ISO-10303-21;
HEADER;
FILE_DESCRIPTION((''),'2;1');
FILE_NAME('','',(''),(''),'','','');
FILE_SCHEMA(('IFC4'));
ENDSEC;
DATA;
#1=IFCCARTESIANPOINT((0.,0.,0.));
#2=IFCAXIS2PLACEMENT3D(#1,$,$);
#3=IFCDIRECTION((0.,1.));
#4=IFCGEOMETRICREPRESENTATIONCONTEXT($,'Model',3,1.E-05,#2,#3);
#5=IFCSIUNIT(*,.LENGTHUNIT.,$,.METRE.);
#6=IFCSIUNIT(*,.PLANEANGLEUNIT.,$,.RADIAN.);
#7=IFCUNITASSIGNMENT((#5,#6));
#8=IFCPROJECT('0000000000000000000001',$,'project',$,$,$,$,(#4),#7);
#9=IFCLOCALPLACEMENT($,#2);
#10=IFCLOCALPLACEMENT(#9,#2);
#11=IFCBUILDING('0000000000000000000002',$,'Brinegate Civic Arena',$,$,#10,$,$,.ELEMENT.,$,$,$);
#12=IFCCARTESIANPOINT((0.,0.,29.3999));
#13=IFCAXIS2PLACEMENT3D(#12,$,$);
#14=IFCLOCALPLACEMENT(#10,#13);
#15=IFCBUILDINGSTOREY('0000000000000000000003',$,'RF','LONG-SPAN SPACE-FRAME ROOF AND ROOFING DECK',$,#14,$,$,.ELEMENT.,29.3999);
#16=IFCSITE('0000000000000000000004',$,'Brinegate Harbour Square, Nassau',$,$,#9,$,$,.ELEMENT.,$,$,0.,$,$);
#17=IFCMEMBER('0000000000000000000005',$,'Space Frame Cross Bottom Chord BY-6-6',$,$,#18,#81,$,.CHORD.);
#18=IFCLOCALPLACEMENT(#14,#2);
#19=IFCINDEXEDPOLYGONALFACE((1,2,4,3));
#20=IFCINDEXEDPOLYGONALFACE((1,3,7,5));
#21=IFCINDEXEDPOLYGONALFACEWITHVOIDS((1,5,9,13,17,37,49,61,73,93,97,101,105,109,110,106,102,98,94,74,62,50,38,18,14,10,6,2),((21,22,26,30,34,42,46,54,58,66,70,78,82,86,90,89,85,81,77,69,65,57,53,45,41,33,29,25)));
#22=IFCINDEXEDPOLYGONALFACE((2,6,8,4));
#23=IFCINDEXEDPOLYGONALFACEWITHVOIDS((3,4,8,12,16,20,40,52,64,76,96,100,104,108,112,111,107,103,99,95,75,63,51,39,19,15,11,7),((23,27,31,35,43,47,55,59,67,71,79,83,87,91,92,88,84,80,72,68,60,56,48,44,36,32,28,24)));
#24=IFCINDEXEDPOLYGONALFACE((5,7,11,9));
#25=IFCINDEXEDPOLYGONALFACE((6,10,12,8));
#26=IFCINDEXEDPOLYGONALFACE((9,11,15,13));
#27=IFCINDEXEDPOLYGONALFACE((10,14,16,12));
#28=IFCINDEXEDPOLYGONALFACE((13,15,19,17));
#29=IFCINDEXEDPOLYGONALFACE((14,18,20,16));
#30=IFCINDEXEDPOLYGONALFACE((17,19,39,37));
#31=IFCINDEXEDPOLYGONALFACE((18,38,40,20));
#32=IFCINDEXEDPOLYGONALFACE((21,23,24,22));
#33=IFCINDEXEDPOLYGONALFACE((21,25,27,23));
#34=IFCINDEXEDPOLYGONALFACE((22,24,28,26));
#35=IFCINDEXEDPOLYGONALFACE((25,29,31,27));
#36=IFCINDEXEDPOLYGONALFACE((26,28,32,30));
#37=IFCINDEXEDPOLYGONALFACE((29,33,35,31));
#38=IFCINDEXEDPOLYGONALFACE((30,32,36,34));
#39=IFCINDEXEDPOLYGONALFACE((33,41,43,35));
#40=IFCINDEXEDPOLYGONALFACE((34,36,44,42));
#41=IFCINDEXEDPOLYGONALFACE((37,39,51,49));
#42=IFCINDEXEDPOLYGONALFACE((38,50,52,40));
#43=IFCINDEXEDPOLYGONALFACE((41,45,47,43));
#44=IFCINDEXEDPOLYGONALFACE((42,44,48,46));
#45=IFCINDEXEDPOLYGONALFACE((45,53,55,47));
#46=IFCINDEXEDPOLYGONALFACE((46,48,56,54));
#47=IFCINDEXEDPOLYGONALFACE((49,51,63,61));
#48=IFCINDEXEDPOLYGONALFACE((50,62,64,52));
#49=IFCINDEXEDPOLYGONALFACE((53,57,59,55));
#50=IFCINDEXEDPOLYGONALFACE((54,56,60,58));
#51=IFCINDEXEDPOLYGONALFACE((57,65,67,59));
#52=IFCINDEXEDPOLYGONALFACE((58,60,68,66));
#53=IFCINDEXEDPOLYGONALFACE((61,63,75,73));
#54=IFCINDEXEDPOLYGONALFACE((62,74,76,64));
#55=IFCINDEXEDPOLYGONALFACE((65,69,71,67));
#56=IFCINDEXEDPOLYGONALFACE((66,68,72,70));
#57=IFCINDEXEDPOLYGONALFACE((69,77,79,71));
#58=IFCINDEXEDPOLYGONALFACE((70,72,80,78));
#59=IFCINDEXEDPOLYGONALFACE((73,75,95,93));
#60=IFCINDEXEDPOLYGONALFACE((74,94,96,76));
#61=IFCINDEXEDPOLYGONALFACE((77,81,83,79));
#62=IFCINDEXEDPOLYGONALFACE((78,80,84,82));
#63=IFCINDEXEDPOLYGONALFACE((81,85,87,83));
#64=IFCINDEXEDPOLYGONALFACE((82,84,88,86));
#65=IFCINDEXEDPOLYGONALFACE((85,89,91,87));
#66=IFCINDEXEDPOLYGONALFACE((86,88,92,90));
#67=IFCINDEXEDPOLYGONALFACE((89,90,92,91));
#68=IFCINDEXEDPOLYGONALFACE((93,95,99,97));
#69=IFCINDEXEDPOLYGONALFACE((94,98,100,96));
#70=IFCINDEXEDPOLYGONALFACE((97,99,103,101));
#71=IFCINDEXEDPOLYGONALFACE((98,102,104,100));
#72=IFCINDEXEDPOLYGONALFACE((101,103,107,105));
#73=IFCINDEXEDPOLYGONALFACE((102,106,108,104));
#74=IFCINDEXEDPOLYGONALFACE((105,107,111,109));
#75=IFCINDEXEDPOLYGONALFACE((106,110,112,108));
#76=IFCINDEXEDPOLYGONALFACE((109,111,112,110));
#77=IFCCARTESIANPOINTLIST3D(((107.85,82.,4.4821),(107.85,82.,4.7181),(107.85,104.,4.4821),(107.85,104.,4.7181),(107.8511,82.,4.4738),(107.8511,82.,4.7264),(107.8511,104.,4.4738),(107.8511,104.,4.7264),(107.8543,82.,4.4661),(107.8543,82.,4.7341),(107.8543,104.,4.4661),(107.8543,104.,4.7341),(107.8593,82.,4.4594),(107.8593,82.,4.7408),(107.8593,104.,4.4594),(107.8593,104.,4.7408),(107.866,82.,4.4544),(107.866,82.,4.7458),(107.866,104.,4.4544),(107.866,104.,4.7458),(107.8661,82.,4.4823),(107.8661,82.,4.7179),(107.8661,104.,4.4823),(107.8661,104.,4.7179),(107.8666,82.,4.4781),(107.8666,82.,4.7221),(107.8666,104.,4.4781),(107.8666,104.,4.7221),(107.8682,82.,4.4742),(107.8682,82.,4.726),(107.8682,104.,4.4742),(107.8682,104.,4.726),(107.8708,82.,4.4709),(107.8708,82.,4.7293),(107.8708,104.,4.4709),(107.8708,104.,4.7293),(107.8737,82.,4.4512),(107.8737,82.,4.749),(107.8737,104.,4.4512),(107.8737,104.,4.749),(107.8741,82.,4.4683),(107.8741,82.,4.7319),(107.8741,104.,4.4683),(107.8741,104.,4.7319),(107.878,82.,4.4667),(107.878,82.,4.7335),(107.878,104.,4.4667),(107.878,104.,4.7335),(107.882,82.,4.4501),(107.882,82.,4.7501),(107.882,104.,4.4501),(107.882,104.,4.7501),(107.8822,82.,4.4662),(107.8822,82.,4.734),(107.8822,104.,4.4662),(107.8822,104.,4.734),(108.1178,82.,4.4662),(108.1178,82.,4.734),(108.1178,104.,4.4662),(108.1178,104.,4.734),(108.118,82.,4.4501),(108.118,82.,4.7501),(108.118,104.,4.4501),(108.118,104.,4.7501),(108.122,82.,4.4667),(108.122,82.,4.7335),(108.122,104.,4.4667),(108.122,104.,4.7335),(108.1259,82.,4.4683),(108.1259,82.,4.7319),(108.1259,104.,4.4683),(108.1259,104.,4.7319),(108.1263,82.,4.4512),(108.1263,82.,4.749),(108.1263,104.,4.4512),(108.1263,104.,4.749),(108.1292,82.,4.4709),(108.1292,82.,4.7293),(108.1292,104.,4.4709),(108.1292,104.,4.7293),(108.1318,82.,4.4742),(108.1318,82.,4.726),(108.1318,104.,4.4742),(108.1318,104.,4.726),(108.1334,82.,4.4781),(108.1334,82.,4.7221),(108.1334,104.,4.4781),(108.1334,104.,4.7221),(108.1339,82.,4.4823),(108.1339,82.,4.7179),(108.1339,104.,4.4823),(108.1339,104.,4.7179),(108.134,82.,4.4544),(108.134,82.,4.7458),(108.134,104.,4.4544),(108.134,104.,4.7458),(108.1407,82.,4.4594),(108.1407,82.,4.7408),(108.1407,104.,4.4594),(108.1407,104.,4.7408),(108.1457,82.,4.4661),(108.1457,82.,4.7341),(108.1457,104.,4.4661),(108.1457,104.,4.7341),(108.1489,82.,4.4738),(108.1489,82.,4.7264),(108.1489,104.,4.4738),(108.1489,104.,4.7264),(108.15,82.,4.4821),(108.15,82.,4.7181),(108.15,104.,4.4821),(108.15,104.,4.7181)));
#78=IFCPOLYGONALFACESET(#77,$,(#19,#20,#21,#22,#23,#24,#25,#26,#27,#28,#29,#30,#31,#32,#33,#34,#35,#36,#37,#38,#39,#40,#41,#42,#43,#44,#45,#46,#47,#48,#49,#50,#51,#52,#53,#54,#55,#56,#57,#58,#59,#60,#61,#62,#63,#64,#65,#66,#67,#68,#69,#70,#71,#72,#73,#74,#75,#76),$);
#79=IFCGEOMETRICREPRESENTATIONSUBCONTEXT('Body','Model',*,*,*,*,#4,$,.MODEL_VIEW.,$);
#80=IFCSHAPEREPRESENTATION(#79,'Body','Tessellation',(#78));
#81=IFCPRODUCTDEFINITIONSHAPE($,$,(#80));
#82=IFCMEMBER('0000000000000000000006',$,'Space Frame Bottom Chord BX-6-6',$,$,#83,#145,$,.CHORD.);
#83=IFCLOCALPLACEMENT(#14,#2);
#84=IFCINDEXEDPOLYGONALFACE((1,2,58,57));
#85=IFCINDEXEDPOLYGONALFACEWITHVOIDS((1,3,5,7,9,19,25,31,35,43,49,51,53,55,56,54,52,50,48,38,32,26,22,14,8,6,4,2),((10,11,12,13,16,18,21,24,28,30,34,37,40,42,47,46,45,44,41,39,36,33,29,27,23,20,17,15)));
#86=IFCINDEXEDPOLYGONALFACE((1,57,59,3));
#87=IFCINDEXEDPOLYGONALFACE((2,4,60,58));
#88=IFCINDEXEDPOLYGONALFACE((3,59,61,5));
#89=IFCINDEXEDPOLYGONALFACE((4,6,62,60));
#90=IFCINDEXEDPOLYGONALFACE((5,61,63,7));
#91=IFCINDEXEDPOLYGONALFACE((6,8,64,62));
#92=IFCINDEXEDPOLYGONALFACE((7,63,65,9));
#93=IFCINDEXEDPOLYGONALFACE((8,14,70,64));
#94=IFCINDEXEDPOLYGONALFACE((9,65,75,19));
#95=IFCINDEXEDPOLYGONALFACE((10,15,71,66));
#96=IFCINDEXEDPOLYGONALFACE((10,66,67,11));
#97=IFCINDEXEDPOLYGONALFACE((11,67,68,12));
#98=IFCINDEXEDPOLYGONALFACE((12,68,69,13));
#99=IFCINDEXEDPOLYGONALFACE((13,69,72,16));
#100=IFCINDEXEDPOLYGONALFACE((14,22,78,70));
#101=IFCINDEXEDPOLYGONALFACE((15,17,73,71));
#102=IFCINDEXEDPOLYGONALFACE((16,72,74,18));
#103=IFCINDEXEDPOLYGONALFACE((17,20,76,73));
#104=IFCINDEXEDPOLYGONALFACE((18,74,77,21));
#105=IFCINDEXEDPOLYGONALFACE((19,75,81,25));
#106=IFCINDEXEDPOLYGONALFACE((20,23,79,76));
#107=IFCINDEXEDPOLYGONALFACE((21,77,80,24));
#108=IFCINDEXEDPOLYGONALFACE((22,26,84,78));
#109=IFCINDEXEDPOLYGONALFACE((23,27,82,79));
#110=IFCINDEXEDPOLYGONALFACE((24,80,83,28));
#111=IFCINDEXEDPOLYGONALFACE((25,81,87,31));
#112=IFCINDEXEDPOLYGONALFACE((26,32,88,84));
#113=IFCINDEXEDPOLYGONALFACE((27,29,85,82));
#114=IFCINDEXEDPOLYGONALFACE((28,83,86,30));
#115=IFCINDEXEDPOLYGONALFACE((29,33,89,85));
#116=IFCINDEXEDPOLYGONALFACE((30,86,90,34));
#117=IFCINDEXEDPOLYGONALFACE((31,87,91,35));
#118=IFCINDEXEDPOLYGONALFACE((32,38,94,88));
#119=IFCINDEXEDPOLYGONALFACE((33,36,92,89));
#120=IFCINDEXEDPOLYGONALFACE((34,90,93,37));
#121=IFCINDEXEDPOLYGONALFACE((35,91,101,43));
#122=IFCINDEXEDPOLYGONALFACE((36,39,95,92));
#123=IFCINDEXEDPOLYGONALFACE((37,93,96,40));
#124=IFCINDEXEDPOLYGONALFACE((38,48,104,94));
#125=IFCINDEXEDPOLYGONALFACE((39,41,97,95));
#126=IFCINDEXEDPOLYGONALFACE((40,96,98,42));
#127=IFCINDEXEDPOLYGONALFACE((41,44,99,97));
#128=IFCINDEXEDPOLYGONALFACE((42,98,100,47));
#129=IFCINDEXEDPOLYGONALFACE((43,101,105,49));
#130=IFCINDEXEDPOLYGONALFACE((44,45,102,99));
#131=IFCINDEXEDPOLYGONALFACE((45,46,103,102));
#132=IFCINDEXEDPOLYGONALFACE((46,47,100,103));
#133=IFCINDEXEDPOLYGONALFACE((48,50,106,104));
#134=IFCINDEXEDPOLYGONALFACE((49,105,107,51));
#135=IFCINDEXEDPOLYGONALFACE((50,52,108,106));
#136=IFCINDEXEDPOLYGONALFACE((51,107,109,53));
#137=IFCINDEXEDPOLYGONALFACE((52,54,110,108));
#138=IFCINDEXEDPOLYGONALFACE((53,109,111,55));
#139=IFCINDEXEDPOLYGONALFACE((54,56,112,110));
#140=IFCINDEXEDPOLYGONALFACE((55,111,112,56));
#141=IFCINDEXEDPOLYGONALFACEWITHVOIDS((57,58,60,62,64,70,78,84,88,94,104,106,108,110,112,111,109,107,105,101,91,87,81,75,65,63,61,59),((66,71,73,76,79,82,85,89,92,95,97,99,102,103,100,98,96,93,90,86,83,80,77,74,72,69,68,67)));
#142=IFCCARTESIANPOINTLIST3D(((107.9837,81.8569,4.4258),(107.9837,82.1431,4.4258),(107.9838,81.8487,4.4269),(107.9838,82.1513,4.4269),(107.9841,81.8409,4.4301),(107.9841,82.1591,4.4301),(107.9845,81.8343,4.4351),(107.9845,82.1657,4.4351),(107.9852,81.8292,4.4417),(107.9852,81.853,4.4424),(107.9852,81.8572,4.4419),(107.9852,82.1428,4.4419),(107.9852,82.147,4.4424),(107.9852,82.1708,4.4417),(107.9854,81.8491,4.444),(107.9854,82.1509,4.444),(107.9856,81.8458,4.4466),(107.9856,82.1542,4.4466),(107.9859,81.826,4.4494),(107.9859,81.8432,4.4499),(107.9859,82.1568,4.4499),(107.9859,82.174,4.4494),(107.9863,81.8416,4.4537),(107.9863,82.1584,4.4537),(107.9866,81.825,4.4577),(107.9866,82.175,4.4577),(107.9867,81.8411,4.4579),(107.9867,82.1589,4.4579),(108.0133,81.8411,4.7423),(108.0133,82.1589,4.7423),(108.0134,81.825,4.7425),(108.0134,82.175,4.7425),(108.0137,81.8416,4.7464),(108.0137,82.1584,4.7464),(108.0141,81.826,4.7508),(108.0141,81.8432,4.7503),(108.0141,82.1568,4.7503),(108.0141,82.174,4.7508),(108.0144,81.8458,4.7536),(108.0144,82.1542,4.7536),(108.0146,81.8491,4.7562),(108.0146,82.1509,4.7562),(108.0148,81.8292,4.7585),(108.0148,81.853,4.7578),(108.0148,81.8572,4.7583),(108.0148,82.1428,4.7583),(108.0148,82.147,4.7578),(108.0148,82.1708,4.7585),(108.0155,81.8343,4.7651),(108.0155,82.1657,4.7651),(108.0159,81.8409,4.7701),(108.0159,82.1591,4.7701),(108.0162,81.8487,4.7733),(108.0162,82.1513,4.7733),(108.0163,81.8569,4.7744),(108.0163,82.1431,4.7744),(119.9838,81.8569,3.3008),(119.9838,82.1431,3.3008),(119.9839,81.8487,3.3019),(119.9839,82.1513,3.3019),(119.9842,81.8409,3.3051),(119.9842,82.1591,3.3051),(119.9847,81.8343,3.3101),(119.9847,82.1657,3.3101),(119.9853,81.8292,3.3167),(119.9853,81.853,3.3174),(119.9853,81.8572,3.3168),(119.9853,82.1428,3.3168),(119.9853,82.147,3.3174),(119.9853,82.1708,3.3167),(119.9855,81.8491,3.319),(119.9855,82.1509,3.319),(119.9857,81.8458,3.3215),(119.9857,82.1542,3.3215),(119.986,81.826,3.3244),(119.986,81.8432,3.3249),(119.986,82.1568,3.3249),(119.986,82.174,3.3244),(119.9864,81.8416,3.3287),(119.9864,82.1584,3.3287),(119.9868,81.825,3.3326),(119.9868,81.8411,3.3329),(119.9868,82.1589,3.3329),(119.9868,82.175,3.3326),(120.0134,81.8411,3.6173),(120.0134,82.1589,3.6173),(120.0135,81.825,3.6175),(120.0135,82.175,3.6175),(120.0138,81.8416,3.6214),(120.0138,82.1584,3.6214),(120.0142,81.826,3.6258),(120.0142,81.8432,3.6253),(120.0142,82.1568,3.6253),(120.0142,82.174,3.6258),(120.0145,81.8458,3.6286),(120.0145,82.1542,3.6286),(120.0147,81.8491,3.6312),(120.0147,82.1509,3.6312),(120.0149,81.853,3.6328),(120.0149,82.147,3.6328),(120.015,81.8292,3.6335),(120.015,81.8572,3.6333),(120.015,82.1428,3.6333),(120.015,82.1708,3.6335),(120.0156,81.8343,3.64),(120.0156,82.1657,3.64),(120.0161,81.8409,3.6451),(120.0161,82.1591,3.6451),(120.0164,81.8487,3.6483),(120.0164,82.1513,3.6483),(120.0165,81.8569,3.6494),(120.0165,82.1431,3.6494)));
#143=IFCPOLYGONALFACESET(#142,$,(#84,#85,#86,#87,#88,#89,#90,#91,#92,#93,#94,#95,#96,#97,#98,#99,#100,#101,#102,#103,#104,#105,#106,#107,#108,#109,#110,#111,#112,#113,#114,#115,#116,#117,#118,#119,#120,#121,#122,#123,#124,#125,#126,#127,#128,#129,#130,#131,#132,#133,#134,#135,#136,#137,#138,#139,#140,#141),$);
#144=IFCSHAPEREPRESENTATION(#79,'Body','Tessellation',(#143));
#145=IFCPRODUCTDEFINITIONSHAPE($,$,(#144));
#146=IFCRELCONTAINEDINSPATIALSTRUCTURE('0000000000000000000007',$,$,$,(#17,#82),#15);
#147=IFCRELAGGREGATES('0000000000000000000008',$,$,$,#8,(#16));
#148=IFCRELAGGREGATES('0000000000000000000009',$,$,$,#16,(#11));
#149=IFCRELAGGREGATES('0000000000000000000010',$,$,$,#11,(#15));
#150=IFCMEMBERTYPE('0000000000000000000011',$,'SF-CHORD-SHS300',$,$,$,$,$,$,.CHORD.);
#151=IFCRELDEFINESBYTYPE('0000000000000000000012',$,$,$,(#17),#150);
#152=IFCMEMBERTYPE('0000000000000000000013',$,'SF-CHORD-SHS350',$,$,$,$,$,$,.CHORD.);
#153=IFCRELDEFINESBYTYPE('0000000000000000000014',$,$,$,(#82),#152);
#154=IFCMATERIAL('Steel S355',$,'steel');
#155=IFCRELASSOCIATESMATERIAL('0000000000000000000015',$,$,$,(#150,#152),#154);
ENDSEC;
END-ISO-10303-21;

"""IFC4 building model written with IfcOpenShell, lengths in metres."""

from ifc_helpers import new_model, si_unit, direction, frame, origin, origin_2d, place, context, subcontext, project, spatial, hollow_rectangle, extrude, material, material_profile, profile_set, type_object, element, save


model = new_model("IFC4")

# Units and contexts
model_context = context("Model", 3, precision=1e-05, world=origin(), true_north=direction((0.0, 1.0)))
body_context = subcontext(model_context, "Body", "Model", "MODEL_VIEW")
ifc_project = project(units=[si_unit("LENGTHUNIT", "METRE"), si_unit("PLANEANGLEUNIT", "RADIAN")], contexts=[model_context])

# Site, building, storey
site_placement = place(None, origin())
site = spatial("IfcSite", under=ifc_project, at=site_placement, Name="Brinegate Harbour Square, Nassau", CompositionType="ELEMENT", RefElevation=0.0)
building_placement = place(site_placement, origin())
building = spatial("IfcBuilding", under=site, at=building_placement, Name="Brinegate Civic Arena", CompositionType="ELEMENT")
storey_placement = place(building_placement, frame((0.0, 0.0, 29.3999)))
storey = spatial("IfcBuildingStorey", under=building, at=storey_placement, Name="RF", Description="LONG-SPAN SPACE-FRAME ROOF AND ROOFING DECK", CompositionType="ELEMENT", Elevation=29.3999)

# Members
ifc_material = material(Name="Steel S355", Category="steel")
ifc_material_profile_1 = material_profile(ifc_material, hollow_rectangle(XDim=0.3, YDim=0.3, WallThickness=0.0161, InnerFilletRadius=0.0161, OuterFilletRadius=0.032, at=origin_2d()), Name="SHS300X16")
ifc_profile_set_1 = profile_set([ifc_material_profile_1], Name="Steel S355")
member_type_1 = type_object("IfcMemberType", Name="SF-CHORD-SHS300", PredefinedType="CHORD", material=ifc_profile_set_1)
for number, where, z_axis, x_axis, name in (
    (1, (108.0, 82.0, 4.6001), (0.0, 1.0, 0.0), (-1.0, 0.0, 0.0), "Space Frame Cross Bottom Chord BY-6-6"),
):
    element("IfcMember", number, at=place(storey_placement, frame(where, z_axis=z_axis, x_axis=x_axis)), inside=storey, type_object=member_type_1, Name=name, PredefinedType="CHORD", context=body_context, shape_type="SweptSolid", body=[
        extrude(hollow_rectangle(XDim=0.3, YDim=0.3, WallThickness=0.0161, InnerFilletRadius=0.0161, OuterFilletRadius=0.032, at=origin_2d()), origin(), (0.0, 0.0, 1.0), 22.0),
    ])
ifc_material_profile_2 = material_profile(ifc_material, hollow_rectangle(XDim=0.3501, YDim=0.3501, WallThickness=0.0161, InnerFilletRadius=0.0161, OuterFilletRadius=0.032, at=origin_2d()), Name="SHS350X16")
ifc_profile_set_2 = profile_set([ifc_material_profile_2], Name="Steel S355")
member_type_2 = type_object("IfcMemberType", Name="SF-CHORD-SHS350", PredefinedType="CHORD", material=ifc_profile_set_2)
member_1_placement = place(storey_placement, frame((108.0, 82.0, 4.6001), z_axis=(0.995634, 0.0, -0.093341), x_axis=(0.0, 1.0, 0.0)))
element("IfcMember", 2, at=member_1_placement, inside=storey, type_object=member_type_2, Name="Space Frame Bottom Chord BX-6-6", PredefinedType="CHORD", context=body_context, shape_type="SweptSolid", body=[
    extrude(hollow_rectangle(XDim=0.3501, YDim=0.3501, WallThickness=0.0161, InnerFilletRadius=0.0161, OuterFilletRadius=0.032, at=origin_2d()), origin(), (0.0, 0.0, 1.0), 12.0527),
])

save(model, "model.ifc")
